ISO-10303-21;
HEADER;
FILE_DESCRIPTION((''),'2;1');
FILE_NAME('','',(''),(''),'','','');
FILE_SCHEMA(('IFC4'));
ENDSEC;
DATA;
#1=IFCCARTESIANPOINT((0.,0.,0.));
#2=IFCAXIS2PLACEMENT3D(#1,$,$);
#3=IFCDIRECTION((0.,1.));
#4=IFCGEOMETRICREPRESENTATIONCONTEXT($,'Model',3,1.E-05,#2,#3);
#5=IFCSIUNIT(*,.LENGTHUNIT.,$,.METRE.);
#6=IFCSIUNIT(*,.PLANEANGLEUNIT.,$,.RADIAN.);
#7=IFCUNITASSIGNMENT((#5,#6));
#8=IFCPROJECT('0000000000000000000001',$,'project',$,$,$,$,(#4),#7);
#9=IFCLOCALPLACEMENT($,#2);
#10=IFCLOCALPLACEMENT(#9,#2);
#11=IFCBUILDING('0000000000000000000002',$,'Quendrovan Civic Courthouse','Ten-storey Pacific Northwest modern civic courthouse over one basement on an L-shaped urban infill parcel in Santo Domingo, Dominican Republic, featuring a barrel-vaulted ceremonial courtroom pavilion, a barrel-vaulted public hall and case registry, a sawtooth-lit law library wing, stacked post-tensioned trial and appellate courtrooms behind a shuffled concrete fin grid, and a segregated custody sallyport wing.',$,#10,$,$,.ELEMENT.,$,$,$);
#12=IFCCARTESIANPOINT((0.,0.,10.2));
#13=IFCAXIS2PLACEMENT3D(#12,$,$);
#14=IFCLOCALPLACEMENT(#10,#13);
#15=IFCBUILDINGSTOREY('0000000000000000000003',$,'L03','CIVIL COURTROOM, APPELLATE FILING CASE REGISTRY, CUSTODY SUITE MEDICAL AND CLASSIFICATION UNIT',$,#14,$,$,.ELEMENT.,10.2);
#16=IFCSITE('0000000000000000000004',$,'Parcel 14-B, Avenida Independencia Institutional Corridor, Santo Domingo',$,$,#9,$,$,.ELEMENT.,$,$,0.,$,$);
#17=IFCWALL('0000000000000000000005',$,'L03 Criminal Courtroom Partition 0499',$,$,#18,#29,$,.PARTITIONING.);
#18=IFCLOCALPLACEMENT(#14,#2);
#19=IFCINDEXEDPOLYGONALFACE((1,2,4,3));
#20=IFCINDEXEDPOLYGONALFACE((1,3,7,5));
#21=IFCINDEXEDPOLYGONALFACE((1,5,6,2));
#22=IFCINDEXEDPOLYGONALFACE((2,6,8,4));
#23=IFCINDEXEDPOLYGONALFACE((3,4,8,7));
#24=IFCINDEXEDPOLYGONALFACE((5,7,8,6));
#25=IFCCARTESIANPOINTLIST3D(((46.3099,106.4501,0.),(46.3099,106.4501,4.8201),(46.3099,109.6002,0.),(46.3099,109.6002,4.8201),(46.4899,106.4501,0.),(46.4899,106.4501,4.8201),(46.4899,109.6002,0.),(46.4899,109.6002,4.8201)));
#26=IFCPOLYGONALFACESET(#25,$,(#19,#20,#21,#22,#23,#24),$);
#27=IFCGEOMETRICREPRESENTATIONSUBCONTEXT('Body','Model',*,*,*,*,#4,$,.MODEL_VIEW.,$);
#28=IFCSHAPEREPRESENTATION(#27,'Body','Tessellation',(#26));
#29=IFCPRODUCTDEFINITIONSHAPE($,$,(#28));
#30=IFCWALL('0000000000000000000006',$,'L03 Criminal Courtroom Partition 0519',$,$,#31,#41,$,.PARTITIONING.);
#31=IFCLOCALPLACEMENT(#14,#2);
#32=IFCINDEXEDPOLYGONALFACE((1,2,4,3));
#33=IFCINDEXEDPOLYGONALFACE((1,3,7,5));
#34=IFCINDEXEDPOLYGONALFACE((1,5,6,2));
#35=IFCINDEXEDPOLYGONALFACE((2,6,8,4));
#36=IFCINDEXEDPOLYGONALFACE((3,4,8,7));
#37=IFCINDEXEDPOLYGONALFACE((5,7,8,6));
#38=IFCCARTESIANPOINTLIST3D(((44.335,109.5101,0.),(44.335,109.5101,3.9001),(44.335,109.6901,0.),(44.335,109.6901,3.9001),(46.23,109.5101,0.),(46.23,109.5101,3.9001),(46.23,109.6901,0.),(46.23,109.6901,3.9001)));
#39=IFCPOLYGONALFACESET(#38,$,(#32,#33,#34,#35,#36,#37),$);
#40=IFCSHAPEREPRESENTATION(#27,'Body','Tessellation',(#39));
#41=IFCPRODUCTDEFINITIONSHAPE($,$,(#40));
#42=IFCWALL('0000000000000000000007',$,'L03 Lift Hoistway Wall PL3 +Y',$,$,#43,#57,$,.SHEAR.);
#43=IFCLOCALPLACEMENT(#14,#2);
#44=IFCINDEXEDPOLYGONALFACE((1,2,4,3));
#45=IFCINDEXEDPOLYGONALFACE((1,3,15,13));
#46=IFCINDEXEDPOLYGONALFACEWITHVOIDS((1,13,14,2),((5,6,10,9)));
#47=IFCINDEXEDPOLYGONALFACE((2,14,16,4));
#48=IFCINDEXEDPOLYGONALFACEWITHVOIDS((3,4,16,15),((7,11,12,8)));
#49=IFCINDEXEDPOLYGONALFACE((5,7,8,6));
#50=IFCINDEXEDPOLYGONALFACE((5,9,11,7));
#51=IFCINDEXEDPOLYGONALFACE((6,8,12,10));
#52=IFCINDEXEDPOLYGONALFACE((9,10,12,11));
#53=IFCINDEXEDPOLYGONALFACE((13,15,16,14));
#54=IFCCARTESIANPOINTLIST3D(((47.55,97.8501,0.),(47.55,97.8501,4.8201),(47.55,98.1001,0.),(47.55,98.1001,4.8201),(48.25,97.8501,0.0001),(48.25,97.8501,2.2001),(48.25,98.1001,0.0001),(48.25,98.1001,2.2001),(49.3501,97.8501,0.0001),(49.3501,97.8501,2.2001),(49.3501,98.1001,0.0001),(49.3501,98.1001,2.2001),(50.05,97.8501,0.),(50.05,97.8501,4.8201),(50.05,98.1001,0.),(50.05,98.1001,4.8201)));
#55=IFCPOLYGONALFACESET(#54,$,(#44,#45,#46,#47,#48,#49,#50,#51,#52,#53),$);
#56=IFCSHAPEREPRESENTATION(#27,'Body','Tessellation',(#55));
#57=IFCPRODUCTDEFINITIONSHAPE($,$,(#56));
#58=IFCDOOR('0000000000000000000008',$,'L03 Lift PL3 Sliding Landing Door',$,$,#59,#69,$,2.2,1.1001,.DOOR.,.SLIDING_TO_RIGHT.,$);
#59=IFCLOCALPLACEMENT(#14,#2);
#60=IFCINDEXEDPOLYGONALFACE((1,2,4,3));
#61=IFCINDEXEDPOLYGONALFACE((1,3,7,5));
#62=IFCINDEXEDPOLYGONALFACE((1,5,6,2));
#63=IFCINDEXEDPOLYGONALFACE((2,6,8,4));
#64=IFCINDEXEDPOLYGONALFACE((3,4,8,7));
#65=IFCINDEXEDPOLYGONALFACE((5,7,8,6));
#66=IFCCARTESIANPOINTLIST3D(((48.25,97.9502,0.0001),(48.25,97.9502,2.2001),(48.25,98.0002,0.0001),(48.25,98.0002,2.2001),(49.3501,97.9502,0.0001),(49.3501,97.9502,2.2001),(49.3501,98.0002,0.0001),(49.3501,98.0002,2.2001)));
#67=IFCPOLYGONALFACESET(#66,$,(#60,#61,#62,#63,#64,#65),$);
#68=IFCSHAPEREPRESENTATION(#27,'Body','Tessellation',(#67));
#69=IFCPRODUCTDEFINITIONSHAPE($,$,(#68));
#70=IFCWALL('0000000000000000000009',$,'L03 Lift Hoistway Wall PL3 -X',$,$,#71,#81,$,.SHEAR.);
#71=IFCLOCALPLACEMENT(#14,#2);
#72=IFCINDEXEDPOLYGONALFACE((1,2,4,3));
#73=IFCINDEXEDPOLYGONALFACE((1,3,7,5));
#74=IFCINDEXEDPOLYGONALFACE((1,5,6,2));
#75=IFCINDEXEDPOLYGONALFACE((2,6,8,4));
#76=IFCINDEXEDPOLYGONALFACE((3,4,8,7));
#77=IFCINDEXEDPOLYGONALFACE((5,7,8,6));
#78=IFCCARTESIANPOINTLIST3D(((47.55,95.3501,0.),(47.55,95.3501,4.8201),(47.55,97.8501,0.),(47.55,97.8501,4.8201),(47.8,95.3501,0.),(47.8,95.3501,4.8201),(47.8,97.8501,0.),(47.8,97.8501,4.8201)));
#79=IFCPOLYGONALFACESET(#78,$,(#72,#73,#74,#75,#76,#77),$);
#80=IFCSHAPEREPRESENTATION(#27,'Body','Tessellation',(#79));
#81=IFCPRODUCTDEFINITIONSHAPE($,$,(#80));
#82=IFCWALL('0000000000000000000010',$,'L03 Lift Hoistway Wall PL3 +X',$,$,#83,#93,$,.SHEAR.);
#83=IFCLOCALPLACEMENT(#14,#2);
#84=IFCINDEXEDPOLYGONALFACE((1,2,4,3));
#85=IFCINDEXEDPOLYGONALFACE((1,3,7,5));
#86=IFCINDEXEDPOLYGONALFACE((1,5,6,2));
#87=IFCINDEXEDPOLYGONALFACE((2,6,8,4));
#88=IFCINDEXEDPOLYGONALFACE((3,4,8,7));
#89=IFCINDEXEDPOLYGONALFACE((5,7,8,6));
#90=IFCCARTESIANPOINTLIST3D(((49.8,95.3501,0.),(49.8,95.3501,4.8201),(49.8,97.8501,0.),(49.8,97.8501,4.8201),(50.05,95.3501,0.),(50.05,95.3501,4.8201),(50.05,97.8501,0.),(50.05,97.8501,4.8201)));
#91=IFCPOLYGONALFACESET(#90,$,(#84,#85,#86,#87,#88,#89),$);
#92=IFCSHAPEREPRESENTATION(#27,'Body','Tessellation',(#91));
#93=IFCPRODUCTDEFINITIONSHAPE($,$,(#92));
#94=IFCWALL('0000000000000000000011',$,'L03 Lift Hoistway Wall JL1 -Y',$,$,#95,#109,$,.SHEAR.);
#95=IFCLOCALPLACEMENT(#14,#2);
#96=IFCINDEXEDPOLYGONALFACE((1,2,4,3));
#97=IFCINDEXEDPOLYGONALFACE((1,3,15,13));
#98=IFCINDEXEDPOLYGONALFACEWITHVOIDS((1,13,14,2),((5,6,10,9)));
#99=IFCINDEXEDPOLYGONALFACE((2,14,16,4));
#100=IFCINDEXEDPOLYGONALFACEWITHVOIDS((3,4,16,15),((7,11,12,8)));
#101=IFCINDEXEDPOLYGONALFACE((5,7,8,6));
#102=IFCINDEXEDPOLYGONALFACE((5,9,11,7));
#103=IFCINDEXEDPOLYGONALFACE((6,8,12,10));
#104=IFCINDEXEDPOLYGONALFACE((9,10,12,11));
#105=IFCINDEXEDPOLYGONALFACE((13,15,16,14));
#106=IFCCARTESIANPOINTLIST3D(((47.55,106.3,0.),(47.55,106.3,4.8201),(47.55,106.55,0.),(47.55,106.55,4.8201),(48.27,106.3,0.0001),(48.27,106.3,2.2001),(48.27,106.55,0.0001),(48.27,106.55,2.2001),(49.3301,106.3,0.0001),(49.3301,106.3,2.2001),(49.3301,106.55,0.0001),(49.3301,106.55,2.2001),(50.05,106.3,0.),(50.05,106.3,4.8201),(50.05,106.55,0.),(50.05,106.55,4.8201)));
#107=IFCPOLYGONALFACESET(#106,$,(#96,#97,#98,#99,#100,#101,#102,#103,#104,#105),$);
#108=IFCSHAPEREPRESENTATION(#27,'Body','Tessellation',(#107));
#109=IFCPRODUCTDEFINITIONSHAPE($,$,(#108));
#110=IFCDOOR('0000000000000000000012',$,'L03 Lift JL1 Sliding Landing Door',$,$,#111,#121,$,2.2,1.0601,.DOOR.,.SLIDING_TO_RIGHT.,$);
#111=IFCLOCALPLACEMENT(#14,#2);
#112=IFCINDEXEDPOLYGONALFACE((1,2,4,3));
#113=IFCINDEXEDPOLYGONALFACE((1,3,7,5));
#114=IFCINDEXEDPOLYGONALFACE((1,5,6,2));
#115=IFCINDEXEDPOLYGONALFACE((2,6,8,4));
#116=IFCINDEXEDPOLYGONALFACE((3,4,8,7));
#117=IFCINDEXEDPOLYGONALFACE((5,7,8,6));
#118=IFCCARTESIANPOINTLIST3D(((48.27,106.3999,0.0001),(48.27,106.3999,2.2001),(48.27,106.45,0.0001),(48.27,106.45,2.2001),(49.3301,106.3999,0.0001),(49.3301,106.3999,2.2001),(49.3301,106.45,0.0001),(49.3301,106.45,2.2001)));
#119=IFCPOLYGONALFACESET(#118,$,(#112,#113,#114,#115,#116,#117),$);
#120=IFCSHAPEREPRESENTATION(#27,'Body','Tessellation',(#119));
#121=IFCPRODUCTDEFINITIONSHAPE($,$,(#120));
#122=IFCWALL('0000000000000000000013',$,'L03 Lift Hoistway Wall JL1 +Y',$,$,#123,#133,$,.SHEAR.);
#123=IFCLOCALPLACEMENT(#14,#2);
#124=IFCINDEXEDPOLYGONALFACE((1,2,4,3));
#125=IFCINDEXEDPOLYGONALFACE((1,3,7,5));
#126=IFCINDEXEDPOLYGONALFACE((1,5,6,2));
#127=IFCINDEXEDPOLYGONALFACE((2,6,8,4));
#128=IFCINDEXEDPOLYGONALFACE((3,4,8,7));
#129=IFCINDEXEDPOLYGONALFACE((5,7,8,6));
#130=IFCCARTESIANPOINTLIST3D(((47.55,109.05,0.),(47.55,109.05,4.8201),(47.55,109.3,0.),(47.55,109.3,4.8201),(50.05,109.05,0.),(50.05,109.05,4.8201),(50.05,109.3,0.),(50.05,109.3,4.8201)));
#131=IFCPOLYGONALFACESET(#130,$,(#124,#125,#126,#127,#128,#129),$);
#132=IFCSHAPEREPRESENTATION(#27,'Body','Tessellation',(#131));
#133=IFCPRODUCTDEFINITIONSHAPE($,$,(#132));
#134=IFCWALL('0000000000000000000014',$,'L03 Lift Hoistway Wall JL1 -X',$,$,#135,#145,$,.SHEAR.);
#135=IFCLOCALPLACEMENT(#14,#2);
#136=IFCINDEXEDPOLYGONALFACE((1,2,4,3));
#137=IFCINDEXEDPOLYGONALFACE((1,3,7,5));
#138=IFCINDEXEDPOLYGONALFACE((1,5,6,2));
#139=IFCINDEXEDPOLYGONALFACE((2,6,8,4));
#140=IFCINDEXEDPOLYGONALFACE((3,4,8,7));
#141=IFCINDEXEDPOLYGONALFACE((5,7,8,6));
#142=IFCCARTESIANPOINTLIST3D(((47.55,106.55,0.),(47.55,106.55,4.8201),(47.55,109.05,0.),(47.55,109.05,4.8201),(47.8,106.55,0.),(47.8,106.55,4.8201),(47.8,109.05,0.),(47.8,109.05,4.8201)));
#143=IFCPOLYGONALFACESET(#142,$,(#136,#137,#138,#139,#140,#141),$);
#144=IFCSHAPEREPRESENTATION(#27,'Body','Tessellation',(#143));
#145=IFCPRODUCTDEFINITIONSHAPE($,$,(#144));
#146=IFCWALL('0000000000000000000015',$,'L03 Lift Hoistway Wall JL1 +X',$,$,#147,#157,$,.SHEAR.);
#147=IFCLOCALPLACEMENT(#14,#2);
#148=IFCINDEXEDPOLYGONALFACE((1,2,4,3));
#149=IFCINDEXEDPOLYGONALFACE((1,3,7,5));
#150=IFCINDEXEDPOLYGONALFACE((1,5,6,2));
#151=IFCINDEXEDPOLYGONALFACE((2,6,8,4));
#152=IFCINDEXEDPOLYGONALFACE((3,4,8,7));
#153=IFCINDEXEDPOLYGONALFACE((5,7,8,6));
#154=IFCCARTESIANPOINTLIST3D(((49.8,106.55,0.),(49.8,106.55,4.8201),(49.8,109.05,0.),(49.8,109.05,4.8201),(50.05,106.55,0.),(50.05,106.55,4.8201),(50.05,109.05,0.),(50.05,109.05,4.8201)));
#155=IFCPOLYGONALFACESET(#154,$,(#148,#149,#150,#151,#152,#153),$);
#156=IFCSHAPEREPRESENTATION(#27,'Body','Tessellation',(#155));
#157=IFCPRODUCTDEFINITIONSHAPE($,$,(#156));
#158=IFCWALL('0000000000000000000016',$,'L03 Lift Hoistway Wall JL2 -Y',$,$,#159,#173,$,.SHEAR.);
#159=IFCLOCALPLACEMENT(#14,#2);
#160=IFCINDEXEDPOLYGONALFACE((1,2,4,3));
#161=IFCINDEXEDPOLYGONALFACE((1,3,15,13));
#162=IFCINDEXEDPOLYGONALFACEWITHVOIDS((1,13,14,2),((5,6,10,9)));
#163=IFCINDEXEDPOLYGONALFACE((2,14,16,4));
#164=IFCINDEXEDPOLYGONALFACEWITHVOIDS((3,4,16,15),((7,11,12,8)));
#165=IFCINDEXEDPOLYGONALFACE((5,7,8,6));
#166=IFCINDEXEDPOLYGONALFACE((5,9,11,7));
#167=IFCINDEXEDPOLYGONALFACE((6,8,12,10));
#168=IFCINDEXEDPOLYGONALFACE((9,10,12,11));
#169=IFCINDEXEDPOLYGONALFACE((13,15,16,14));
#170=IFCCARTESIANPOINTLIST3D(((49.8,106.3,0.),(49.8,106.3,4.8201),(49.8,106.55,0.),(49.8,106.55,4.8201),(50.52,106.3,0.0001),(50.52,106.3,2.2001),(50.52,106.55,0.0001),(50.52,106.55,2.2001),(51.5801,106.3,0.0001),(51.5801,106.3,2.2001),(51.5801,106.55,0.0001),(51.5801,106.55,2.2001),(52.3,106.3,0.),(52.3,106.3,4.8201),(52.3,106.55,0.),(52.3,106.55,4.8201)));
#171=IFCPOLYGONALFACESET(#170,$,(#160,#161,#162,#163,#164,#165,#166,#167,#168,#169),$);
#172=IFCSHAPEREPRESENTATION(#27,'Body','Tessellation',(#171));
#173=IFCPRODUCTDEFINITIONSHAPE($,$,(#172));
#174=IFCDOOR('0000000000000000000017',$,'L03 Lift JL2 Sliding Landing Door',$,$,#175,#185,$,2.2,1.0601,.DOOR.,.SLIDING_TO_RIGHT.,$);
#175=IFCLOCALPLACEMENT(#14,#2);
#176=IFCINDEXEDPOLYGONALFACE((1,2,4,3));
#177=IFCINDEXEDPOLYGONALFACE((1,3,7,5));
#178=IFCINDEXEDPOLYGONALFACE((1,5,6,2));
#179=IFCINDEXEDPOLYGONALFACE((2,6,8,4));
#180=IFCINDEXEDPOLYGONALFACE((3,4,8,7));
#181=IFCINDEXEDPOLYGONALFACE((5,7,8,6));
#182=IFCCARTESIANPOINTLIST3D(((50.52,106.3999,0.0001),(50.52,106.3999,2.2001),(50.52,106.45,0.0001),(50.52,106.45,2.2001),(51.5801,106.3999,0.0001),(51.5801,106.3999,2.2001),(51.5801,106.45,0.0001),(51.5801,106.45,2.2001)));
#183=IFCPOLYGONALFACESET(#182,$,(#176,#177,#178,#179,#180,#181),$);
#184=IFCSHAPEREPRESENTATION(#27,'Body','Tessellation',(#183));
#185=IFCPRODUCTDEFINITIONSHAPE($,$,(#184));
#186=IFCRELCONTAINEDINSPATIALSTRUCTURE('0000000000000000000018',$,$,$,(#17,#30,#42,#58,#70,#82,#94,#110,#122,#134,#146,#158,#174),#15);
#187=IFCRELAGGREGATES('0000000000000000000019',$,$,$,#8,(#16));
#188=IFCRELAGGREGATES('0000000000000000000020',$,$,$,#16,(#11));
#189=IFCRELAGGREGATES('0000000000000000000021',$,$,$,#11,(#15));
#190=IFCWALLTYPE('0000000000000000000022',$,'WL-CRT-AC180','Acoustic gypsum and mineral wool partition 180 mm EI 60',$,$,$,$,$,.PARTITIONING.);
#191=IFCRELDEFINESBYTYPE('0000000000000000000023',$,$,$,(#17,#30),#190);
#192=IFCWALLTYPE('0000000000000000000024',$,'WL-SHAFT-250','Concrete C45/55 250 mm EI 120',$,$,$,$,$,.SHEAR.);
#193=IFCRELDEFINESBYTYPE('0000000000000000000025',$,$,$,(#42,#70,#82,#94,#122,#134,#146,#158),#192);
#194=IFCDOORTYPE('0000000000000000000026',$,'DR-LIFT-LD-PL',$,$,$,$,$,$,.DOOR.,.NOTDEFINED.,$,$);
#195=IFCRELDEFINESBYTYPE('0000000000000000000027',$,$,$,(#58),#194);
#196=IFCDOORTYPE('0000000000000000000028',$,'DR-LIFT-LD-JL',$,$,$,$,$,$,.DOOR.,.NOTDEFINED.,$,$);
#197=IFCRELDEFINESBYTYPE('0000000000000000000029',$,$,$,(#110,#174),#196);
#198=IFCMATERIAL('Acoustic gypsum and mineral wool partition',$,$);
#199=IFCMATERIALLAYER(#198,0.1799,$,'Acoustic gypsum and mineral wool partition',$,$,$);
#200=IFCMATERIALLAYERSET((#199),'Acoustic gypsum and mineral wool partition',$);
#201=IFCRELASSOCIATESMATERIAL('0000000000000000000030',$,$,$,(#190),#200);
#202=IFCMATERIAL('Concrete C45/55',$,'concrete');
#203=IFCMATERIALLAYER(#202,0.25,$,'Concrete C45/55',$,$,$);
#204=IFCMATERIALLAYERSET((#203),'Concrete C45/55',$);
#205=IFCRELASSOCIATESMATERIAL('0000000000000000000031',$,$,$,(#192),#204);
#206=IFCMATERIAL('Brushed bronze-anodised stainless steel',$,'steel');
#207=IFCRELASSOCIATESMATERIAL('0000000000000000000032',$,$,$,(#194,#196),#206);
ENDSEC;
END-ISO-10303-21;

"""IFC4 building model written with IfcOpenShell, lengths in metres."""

from ifc_helpers import new_model, si_unit, direction, frame, frame_2d, origin, place, context, subcontext, project, spatial, rectangle, extrude, material, layer, layer_set, type_object, element, fill, save


model = new_model("IFC4")

# Units and contexts
model_context = context("Model", 3, precision=1e-05, world=origin(), true_north=direction((0.0, 1.0)))
body_context = subcontext(model_context, "Body", "Model", "MODEL_VIEW")
ifc_project = project(units=[si_unit("LENGTHUNIT", "METRE"), si_unit("PLANEANGLEUNIT", "RADIAN")], contexts=[model_context])

# Site, building, storey
site_placement = place(None, origin())
site = spatial("IfcSite", under=ifc_project, at=site_placement, Name="Parcel 14-B, Avenida Independencia Institutional Corridor, Santo Domingo", CompositionType="ELEMENT", RefElevation=0.0)
building_placement = place(site_placement, origin())
building = spatial("IfcBuilding", under=site, at=building_placement, Name="Quendrovan Civic Courthouse", Description="Ten-storey Pacific Northwest modern civic courthouse over one basement on an L-shaped urban infill parcel in Santo Domingo, Dominican Republic, featuring a barrel-vaulted ceremonial courtroom pavilion, a barrel-vaulted public hall and case registry, a sawtooth-lit law library wing, stacked post-tensioned trial and appellate courtrooms behind a shuffled concrete fin grid, and a segregated custody sallyport wing.", CompositionType="ELEMENT")
storey_placement = place(building_placement, frame((0.0, 0.0, 10.2)))
storey = spatial("IfcBuildingStorey", under=building, at=storey_placement, Name="L03", Description="CIVIL COURTROOM, APPELLATE FILING CASE REGISTRY, CUSTODY SUITE MEDICAL AND CLASSIFICATION UNIT", CompositionType="ELEMENT", Elevation=10.2)

# Shared definitions
ifc_material_1 = material(Name="Concrete C45/55", Category="concrete")

# Walls
ifc_material_2 = material(Name="Acoustic gypsum and mineral wool partition")
ifc_layer_1 = layer(ifc_material_2, 0.1799, Name="Acoustic gypsum and mineral wool partition")
ifc_layer_set_1 = layer_set([ifc_layer_1], Name="Acoustic gypsum and mineral wool partition")
wall_type_1 = type_object("IfcWallType", Name="WL-CRT-AC180", Description="Acoustic gypsum and mineral wool partition 180 mm EI 60", PredefinedType="PARTITIONING", material=ifc_layer_set_1)
wall_1_placement = place(storey_placement, frame((46.3999, 106.45, 0.0), z_axis=(0.0, 0.0, 1.0), x_axis=(0.0, 1.0, 0.0)))
element("IfcWall", 1, at=wall_1_placement, inside=storey, type_object=wall_type_1, Name="L03 Criminal Courtroom Partition 0499", PredefinedType="PARTITIONING", context=body_context, shape_type="SweptSolid", body=[
    extrude(rectangle(XDim=3.1501, YDim=0.1799, at=frame_2d((1.5752, 0.0))), origin(), (0.0, 0.0, 1.0), 4.8201),
])
wall_2_placement = place(storey_placement, frame((46.23, 109.6001, 0.0), z_axis=(0.0, 0.0, 1.0), x_axis=(-1.0, 0.0, 0.0)))
element("IfcWall", 2, at=wall_2_placement, inside=storey, type_object=wall_type_1, Name="L03 Criminal Courtroom Partition 0519", PredefinedType="PARTITIONING", context=body_context, shape_type="SweptSolid", body=[
    extrude(rectangle(XDim=1.895, YDim=0.1799, at=frame_2d((0.9475, 0.0))), origin(), (0.0, 0.0, 1.0), 3.9001),
])

# Wall, opening, door
ifc_layer_2 = layer(ifc_material_1, 0.25, Name="Concrete C45/55")
ifc_layer_set_2 = layer_set([ifc_layer_2], Name="Concrete C45/55")
wall_type_2 = type_object("IfcWallType", Name="WL-SHAFT-250", Description="Concrete C45/55 250 mm EI 120", PredefinedType="SHEAR", material=ifc_layer_set_2)
wall_3_placement = place(storey_placement, frame((50.05, 97.9751, 0.0), z_axis=(0.0, 0.0, 1.0), x_axis=(-1.0, 0.0, 0.0)))
wall_3 = element("IfcWall", 3, at=wall_3_placement, inside=storey, type_object=wall_type_2, Name="L03 Lift Hoistway Wall PL3 +Y", PredefinedType="SHEAR", context=body_context, shape_type="SweptSolid", body=[
    extrude(rectangle(XDim=2.5, YDim=0.25, at=frame_2d((1.25, 0.0))), origin(), (0.0, 0.0, 1.0), 4.8201),
])
opening_1_placement = place(wall_3_placement, frame((0.7, 0.0, 0.0)))
opening_1 = element("IfcOpeningElement", 4, at=opening_1_placement, cuts=wall_3, PredefinedType="OPENING", context=body_context, shape_type="SweptSolid", body=[
    extrude(rectangle(XDim=1.1001, YDim=2.2, at=frame_2d((0.55, 1.1001))), frame((0.0, 0.135, 0.0), z_axis=(0.0, -1.0, 0.0), x_axis=(1.0, 0.0, 0.0)), (0.0, 0.0, 1.0), 0.27),
])
ifc_material_3 = material(Name="Brushed bronze-anodised stainless steel", Category="steel")
door_type_1 = type_object("IfcDoorType", Name="DR-LIFT-LD-PL", OperationType="NOTDEFINED", PredefinedType="DOOR", material=ifc_material_3)
door_1_placement = place(opening_1_placement, origin())
door_1 = element("IfcDoor", 5, at=door_1_placement, inside=storey, type_object=door_type_1, Name="L03 Lift PL3 Sliding Landing Door", OperationType="SLIDING_TO_RIGHT", OverallHeight=2.2, OverallWidth=1.1001, PredefinedType="DOOR", context=body_context, shape_type="SweptSolid", body=[
    extrude(rectangle(XDim=1.1001, YDim=2.2, at=frame_2d((0.55, 1.1001))), frame((0.0, 0.0249, 0.0), z_axis=(0.0, -1.0, 0.0), x_axis=(1.0, 0.0, 0.0)), (0.0, 0.0, 1.0), 0.05),
])
fill(opening_1, door_1)

# Walls
for number, where, z_axis, x_axis, name in (
    (6, (47.675, 95.3501, 0.0), (0.0, 0.0, 1.0), (0.0, 1.0, 0.0), "L03 Lift Hoistway Wall PL3 -X"),
    (7, (49.925, 97.8501, 0.0), (0.0, 0.0, 1.0), (0.0, -1.0, 0.0), "L03 Lift Hoistway Wall PL3 +X"),
):
    element("IfcWall", number, at=place(storey_placement, frame(where, z_axis=z_axis, x_axis=x_axis)), inside=storey, type_object=wall_type_2, Name=name, PredefinedType="SHEAR", context=body_context, shape_type="SweptSolid", body=[
        extrude(rectangle(XDim=2.5, YDim=0.25, at=frame_2d((1.25, 0.0))), origin(), (0.0, 0.0, 1.0), 4.8201),
    ])

# Wall, opening, door
wall_4_placement = place(storey_placement, frame((47.55, 106.425, 0.0), z_axis=(0.0, 0.0, 1.0), x_axis=(1.0, 0.0, 0.0)))
wall_4 = element("IfcWall", 8, at=wall_4_placement, inside=storey, type_object=wall_type_2, Name="L03 Lift Hoistway Wall JL1 -Y", PredefinedType="SHEAR", context=body_context, shape_type="SweptSolid", body=[
    extrude(rectangle(XDim=2.5, YDim=0.25, at=frame_2d((1.25, 0.0))), origin(), (0.0, 0.0, 1.0), 4.8201),
])
opening_2_placement = place(wall_4_placement, frame((0.72, 0.0, 0.0)))
opening_2 = element("IfcOpeningElement", 9, at=opening_2_placement, cuts=wall_4, PredefinedType="OPENING", context=body_context, shape_type="SweptSolid", body=[
    extrude(rectangle(XDim=1.0601, YDim=2.2, at=frame_2d((0.53, 1.1001))), frame((0.0, 0.135, 0.0), z_axis=(0.0, -1.0, 0.0), x_axis=(1.0, 0.0, 0.0)), (0.0, 0.0, 1.0), 0.27),
])
door_type_2 = type_object("IfcDoorType", Name="DR-LIFT-LD-JL", OperationType="NOTDEFINED", PredefinedType="DOOR", material=ifc_material_3)
door_2_placement = place(opening_2_placement, origin())
door_2 = element("IfcDoor", 10, at=door_2_placement, inside=storey, type_object=door_type_2, Name="L03 Lift JL1 Sliding Landing Door", OperationType="SLIDING_TO_RIGHT", OverallHeight=2.2, OverallWidth=1.0601, PredefinedType="DOOR", context=body_context, shape_type="SweptSolid", body=[
    extrude(rectangle(XDim=1.0601, YDim=2.2, at=frame_2d((0.53, 1.1001))), frame((0.0, 0.0249, 0.0), z_axis=(0.0, -1.0, 0.0), x_axis=(1.0, 0.0, 0.0)), (0.0, 0.0, 1.0), 0.05),
])
fill(opening_2, door_2)

# Walls
for number, where, z_axis, x_axis, name in (
    (11, (50.05, 109.175, 0.0), (0.0, 0.0, 1.0), (-1.0, 0.0, 0.0), "L03 Lift Hoistway Wall JL1 +Y"),
    (12, (47.675, 106.55, 0.0), (0.0, 0.0, 1.0), (0.0, 1.0, 0.0), "L03 Lift Hoistway Wall JL1 -X"),
    (13, (49.925, 109.05, 0.0), (0.0, 0.0, 1.0), (0.0, -1.0, 0.0), "L03 Lift Hoistway Wall JL1 +X"),
):
    element("IfcWall", number, at=place(storey_placement, frame(where, z_axis=z_axis, x_axis=x_axis)), inside=storey, type_object=wall_type_2, Name=name, PredefinedType="SHEAR", context=body_context, shape_type="SweptSolid", body=[
        extrude(rectangle(XDim=2.5, YDim=0.25, at=frame_2d((1.25, 0.0))), origin(), (0.0, 0.0, 1.0), 4.8201),
    ])

# Wall, opening, door
wall_5_placement = place(storey_placement, frame((49.8, 106.425, 0.0), z_axis=(0.0, 0.0, 1.0), x_axis=(1.0, 0.0, 0.0)))
wall_5 = element("IfcWall", 14, at=wall_5_placement, inside=storey, type_object=wall_type_2, Name="L03 Lift Hoistway Wall JL2 -Y", PredefinedType="SHEAR", context=body_context, shape_type="SweptSolid", body=[
    extrude(rectangle(XDim=2.5, YDim=0.25, at=frame_2d((1.25, 0.0))), origin(), (0.0, 0.0, 1.0), 4.8201),
])
opening_3_placement = place(wall_5_placement, frame((0.72, 0.0, 0.0)))
opening_3 = element("IfcOpeningElement", 15, at=opening_3_placement, cuts=wall_5, PredefinedType="OPENING", context=body_context, shape_type="SweptSolid", body=[
    extrude(rectangle(XDim=1.0601, YDim=2.2, at=frame_2d((0.53, 1.1001))), frame((0.0, 0.135, 0.0), z_axis=(0.0, -1.0, 0.0), x_axis=(1.0, 0.0, 0.0)), (0.0, 0.0, 1.0), 0.27),
])
door_3_placement = place(opening_3_placement, origin())
door_3 = element("IfcDoor", 16, at=door_3_placement, inside=storey, type_object=door_type_2, Name="L03 Lift JL2 Sliding Landing Door", OperationType="SLIDING_TO_RIGHT", OverallHeight=2.2, OverallWidth=1.0601, PredefinedType="DOOR", context=body_context, shape_type="SweptSolid", body=[
    extrude(rectangle(XDim=1.0601, YDim=2.2, at=frame_2d((0.53, 1.1001))), frame((0.0, 0.0249, 0.0), z_axis=(0.0, -1.0, 0.0), x_axis=(1.0, 0.0, 0.0)), (0.0, 0.0, 1.0), 0.05),
])
fill(opening_3, door_3)

save(model, "model.ifc")
